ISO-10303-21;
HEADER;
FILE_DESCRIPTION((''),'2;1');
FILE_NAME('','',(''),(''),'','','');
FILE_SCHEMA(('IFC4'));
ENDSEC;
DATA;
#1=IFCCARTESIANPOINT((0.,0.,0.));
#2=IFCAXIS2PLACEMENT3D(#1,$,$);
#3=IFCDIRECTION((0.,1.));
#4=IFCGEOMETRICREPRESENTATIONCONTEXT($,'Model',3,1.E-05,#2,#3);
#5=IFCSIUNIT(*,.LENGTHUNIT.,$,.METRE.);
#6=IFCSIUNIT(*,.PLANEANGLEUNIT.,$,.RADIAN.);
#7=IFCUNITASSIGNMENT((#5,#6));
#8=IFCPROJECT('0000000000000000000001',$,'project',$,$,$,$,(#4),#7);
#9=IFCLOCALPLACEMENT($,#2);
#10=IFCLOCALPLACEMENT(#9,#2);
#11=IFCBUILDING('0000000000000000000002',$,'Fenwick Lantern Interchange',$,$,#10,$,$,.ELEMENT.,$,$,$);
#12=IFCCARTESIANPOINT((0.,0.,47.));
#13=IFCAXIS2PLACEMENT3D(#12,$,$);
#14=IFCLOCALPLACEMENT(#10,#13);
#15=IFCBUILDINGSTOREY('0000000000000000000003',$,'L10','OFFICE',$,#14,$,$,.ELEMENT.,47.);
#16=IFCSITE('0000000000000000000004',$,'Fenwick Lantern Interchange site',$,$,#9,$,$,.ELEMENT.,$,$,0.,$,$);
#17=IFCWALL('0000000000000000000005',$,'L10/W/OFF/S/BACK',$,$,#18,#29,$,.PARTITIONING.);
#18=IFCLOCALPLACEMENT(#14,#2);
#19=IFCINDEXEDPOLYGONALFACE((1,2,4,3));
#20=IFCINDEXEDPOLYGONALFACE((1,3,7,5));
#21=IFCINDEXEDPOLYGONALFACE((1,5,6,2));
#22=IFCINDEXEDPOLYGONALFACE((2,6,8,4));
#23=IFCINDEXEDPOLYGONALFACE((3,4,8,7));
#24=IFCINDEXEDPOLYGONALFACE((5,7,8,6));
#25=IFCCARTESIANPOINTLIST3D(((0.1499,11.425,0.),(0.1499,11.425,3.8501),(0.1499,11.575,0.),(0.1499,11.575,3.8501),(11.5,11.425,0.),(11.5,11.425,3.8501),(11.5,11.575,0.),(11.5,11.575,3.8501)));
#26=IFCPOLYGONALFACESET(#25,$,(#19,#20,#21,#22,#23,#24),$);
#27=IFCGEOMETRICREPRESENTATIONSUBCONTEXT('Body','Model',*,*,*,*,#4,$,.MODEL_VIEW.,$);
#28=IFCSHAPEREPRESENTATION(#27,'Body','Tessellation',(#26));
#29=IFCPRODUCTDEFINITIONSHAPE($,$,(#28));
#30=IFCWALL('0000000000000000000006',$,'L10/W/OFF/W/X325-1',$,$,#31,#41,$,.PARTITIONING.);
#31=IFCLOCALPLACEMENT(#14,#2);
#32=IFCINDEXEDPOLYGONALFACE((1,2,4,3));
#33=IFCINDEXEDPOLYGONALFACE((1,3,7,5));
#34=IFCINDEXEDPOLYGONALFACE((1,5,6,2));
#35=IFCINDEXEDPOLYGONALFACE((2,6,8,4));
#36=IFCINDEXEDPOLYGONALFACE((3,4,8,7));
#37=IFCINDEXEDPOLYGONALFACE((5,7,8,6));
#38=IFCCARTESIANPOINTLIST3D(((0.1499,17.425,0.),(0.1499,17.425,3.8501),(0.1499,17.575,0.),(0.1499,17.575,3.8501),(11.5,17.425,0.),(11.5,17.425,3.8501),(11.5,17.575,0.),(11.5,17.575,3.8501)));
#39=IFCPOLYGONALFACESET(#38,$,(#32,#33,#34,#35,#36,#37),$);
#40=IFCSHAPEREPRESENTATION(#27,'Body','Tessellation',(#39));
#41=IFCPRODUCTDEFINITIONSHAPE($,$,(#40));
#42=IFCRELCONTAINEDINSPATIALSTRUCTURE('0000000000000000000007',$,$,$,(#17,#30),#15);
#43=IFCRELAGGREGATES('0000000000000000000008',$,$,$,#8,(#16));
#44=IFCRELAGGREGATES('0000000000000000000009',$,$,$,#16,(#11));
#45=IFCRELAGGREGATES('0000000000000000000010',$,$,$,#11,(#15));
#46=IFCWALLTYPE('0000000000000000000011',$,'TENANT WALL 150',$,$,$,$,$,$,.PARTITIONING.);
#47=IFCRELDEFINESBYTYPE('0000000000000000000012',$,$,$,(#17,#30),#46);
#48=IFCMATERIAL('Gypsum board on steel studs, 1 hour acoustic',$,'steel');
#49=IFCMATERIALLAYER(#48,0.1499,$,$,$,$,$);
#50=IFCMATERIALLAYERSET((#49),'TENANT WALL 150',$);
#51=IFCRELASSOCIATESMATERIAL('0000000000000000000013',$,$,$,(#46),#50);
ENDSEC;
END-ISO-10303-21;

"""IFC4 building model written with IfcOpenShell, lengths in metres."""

from ifc_helpers import new_model, si_unit, direction, frame, frame_2d, origin, place, context, subcontext, project, spatial, rectangle, extrude, material, layer, layer_set, type_object, element, save


model = new_model("IFC4")

# Units and contexts
model_context = context("Model", 3, precision=1e-05, world=origin(), true_north=direction((0.0, 1.0)))
body_context = subcontext(model_context, "Body", "Model", "MODEL_VIEW")
ifc_project = project(units=[si_unit("LENGTHUNIT", "METRE"), si_unit("PLANEANGLEUNIT", "RADIAN")], contexts=[model_context])

# Site, building, storey
site_placement = place(None, origin())
site = spatial("IfcSite", under=ifc_project, at=site_placement, Name="Fenwick Lantern Interchange site", CompositionType="ELEMENT", RefElevation=0.0)
building_placement = place(site_placement, origin())
building = spatial("IfcBuilding", under=site, at=building_placement, Name="Fenwick Lantern Interchange", CompositionType="ELEMENT")
storey_placement = place(building_placement, frame((0.0, 0.0, 47.0)))
storey = spatial("IfcBuildingStorey", under=building, at=storey_placement, Name="L10", Description="OFFICE", CompositionType="ELEMENT", Elevation=47.0)

# Walls
ifc_material_1 = material(Name="Gypsum board on steel studs, 1 hour acoustic", Category="steel")
ifc_layer = layer(ifc_material_1, 0.1499)
ifc_layer_set = layer_set([ifc_layer], Name="TENANT WALL 150")
wall_type = type_object("IfcWallType", Name="TENANT WALL 150", PredefinedType="PARTITIONING", material=ifc_layer_set)
for number, where, z_axis, x_axis, name in (
    (1, (0.1499, 11.5, 0.0), (0.0, 0.0, 1.0), (1.0, 0.0, 0.0), "L10/W/OFF/S/BACK"),
    (2, (0.1499, 17.5, 0.0), (0.0, 0.0, 1.0), (1.0, 0.0, 0.0), "L10/W/OFF/W/X325-1"),
):
    element("IfcWall", number, at=place(storey_placement, frame(where, z_axis=z_axis, x_axis=x_axis)), inside=storey, type_object=wall_type, Name=name, PredefinedType="PARTITIONING", context=body_context, shape_type="SweptSolid", body=[
        extrude(rectangle(XDim=11.3501, YDim=0.1499, at=frame_2d((5.675, 0.0))), origin(), (0.0, 0.0, 1.0), 3.8501),
    ])

save(model, "model.ifc")
